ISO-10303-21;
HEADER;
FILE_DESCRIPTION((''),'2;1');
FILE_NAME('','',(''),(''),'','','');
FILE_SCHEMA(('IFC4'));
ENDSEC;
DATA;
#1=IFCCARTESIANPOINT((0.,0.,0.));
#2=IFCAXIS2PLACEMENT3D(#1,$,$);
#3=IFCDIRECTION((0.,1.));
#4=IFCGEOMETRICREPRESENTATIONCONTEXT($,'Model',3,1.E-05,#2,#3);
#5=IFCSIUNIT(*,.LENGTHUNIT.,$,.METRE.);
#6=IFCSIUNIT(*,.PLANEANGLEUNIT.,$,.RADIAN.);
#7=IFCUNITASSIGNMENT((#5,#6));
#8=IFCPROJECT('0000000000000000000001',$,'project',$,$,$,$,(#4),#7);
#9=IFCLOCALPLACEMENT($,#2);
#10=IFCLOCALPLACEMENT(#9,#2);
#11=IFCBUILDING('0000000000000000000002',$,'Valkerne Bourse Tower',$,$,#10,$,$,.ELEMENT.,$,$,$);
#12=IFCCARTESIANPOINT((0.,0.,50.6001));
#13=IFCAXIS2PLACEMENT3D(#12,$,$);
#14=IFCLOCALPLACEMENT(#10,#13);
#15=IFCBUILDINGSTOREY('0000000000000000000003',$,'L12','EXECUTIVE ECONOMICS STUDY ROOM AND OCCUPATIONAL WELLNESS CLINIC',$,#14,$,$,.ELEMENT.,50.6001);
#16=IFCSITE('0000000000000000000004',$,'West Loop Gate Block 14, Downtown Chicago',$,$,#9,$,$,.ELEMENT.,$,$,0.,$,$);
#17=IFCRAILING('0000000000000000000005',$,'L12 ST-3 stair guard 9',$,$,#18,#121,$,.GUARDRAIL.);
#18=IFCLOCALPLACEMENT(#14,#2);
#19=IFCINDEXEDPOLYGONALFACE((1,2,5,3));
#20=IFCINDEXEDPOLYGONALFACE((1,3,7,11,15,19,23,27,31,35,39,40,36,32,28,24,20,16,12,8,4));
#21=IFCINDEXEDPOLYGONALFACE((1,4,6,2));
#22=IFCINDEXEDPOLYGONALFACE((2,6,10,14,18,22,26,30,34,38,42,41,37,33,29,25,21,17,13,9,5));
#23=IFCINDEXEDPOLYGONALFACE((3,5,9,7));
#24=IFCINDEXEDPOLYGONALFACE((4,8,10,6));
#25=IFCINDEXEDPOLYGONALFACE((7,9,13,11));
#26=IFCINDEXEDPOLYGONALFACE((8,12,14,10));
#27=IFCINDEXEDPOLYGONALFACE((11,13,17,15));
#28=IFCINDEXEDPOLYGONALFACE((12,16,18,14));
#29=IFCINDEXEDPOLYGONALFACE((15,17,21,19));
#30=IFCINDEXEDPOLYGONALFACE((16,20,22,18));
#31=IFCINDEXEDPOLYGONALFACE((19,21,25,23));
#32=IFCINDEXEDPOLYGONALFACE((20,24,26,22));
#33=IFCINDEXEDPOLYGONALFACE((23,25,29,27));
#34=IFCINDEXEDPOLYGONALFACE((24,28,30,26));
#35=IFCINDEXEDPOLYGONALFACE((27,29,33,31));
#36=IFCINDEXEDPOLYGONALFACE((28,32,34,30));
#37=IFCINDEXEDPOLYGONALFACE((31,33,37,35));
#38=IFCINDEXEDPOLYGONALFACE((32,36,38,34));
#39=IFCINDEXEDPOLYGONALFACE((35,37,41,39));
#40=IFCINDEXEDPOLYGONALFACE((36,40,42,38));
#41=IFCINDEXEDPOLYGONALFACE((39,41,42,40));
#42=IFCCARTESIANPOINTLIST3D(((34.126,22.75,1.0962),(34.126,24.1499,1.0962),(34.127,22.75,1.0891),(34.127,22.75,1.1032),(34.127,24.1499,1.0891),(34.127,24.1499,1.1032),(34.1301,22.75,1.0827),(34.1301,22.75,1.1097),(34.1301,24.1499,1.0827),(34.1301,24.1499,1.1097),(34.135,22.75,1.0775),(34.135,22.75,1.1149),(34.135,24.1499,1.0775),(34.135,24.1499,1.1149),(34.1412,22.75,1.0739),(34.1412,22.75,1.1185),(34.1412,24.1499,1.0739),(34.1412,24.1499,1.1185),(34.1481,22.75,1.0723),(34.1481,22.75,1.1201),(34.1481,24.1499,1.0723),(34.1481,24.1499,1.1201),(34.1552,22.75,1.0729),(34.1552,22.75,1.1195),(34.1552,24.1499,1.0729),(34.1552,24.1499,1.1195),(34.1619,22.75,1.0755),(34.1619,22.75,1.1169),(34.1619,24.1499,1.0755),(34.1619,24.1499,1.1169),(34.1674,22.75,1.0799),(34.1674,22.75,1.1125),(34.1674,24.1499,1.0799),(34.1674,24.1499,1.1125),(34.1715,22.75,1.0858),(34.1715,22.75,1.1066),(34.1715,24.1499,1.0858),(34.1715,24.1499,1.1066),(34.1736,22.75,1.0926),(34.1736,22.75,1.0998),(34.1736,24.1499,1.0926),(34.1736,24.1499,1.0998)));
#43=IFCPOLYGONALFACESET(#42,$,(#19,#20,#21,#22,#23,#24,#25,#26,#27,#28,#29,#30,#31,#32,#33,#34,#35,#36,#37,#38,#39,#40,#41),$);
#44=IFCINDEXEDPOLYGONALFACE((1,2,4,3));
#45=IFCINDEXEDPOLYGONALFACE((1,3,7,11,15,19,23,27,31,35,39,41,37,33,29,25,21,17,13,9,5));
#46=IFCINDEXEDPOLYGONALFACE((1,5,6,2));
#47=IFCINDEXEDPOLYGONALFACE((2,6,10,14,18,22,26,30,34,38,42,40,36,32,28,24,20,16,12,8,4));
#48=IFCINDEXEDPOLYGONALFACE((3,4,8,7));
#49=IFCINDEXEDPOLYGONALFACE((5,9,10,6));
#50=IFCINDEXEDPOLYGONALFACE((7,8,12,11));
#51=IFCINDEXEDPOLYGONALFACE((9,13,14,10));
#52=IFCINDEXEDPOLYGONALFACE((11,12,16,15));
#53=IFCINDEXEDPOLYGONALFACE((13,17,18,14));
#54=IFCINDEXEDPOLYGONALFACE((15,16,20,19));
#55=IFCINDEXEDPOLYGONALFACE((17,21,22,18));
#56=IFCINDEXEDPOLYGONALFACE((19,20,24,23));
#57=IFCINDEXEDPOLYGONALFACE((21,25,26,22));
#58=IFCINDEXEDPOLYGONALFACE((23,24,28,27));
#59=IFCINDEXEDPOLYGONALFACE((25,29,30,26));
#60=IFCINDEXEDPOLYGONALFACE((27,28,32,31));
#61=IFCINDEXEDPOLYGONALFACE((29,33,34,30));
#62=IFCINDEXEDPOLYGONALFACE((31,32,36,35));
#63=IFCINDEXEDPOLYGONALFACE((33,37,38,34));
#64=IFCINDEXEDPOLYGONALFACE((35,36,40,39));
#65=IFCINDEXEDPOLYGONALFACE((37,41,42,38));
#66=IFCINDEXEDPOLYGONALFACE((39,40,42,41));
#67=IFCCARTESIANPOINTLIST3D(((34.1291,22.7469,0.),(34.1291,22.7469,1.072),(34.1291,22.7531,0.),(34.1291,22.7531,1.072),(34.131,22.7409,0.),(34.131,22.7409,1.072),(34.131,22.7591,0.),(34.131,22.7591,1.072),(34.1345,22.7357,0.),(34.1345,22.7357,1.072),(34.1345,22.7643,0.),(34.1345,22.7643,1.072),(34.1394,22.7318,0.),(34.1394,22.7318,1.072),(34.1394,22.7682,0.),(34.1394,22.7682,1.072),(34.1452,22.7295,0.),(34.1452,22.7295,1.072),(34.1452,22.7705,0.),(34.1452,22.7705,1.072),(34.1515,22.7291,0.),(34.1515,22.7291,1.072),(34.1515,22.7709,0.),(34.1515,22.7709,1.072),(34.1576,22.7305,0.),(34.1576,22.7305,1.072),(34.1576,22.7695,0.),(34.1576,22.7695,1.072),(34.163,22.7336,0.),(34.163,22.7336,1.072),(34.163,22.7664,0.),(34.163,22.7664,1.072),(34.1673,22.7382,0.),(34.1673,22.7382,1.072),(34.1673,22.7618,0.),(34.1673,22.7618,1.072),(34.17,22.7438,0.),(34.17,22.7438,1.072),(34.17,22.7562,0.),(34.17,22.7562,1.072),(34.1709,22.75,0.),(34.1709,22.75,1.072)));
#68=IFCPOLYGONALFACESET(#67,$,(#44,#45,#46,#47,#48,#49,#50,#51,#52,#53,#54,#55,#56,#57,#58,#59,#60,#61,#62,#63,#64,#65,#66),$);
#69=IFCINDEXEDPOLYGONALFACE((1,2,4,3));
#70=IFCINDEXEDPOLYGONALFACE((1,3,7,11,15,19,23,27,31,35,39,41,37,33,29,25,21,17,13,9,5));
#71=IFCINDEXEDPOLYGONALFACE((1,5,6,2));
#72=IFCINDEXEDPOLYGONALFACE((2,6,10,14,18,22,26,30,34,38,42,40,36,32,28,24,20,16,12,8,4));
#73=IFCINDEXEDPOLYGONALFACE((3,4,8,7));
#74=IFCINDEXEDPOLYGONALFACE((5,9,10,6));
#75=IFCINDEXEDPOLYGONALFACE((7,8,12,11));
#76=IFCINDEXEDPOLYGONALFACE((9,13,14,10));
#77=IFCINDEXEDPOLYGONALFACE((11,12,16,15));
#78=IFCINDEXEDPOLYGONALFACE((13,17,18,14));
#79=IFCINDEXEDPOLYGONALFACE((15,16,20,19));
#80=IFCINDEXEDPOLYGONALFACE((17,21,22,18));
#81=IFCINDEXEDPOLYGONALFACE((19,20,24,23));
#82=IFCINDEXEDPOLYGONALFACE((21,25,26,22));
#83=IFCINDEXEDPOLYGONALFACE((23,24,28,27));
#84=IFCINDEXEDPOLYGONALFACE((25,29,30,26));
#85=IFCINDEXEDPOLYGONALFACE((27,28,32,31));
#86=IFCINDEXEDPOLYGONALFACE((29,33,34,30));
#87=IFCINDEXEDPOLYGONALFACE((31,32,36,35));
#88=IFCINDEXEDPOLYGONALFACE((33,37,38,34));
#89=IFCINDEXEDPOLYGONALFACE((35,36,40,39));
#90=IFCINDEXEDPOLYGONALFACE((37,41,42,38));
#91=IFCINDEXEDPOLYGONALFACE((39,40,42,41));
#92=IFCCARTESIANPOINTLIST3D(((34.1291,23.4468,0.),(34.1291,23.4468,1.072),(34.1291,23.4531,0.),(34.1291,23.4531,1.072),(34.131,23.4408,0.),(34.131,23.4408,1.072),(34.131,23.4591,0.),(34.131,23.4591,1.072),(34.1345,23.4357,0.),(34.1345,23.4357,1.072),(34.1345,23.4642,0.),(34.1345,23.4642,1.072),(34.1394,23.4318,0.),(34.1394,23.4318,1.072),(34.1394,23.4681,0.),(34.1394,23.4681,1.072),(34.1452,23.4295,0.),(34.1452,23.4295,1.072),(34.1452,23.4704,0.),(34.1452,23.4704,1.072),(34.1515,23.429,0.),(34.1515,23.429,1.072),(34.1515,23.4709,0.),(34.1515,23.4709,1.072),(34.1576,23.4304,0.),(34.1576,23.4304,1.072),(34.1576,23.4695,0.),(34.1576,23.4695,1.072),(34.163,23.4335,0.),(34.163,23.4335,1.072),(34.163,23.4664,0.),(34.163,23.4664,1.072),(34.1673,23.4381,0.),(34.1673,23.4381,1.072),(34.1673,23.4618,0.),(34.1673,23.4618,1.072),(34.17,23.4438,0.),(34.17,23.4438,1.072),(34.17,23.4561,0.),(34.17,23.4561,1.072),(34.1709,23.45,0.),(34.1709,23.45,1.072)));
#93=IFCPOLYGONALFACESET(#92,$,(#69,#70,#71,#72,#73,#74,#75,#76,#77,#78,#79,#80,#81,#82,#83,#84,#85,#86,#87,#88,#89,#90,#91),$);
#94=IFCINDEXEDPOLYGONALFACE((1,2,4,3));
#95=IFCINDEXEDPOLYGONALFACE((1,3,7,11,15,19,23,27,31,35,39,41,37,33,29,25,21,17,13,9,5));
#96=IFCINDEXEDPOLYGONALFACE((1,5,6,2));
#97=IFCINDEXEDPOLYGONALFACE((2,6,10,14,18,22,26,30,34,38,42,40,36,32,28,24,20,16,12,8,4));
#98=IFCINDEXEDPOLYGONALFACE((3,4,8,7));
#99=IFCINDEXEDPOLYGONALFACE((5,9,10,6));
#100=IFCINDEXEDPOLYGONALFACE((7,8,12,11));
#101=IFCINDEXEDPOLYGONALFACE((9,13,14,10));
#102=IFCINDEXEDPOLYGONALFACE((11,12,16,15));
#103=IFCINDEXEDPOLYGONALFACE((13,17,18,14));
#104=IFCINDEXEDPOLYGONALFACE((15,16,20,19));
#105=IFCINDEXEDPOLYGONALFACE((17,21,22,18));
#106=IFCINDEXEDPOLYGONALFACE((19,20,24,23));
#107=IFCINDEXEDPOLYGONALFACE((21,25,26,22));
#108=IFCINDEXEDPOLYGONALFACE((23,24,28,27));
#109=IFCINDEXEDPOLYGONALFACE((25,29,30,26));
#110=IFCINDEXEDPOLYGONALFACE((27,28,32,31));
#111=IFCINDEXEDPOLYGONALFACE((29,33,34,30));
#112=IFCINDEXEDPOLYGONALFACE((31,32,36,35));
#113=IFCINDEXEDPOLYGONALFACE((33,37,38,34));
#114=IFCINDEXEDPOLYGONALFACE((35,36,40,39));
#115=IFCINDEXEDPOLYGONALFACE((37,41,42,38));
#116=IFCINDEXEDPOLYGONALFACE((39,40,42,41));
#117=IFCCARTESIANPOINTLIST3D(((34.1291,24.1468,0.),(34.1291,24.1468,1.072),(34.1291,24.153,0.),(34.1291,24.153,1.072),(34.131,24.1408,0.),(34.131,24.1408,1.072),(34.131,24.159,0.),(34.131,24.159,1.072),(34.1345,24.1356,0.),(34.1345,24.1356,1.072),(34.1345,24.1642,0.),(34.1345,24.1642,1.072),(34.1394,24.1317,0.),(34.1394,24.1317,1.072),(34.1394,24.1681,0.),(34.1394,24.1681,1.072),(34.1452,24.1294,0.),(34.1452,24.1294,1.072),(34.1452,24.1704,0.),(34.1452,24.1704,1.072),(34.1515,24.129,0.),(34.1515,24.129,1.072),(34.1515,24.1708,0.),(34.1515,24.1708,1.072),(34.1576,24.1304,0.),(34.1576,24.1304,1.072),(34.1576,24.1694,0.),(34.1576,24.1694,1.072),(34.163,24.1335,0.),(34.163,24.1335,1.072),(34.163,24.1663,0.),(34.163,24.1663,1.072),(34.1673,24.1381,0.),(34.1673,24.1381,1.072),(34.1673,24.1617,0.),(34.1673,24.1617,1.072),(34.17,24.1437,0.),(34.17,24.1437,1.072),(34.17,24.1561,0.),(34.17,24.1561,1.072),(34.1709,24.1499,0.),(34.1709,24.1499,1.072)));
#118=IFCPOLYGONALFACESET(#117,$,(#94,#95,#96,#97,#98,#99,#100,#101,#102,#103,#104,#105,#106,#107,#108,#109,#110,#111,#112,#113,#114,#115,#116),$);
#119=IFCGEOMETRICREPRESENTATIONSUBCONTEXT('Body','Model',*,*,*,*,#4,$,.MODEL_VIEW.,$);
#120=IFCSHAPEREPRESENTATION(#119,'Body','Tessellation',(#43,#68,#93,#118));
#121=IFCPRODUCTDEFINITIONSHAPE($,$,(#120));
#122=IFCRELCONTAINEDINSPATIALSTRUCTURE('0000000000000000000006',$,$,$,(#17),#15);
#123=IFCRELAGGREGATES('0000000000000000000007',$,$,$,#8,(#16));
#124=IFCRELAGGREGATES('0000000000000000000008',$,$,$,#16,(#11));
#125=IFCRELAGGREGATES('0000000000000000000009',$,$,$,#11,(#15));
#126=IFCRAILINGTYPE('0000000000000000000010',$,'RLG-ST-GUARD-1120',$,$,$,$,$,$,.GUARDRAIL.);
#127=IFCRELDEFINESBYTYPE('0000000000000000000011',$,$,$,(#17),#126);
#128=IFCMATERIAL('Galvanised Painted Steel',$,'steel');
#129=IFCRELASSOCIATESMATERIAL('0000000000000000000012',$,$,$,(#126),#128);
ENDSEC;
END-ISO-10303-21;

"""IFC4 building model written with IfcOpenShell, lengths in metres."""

from ifc_helpers import new_model, si_unit, direction, frame, origin, origin_2d, place, context, subcontext, project, spatial, circle, extrude, material, type_object, element, save


model = new_model("IFC4")

# Units and contexts
model_context = context("Model", 3, precision=1e-05, world=origin(), true_north=direction((0.0, 1.0)))
body_context = subcontext(model_context, "Body", "Model", "MODEL_VIEW")
ifc_project = project(units=[si_unit("LENGTHUNIT", "METRE"), si_unit("PLANEANGLEUNIT", "RADIAN")], contexts=[model_context])

# Site, building, storey
site_placement = place(None, origin())
site = spatial("IfcSite", under=ifc_project, at=site_placement, Name="West Loop Gate Block 14, Downtown Chicago", CompositionType="ELEMENT", RefElevation=0.0)
building_placement = place(site_placement, origin())
building = spatial("IfcBuilding", under=site, at=building_placement, Name="Valkerne Bourse Tower", CompositionType="ELEMENT")
storey_placement = place(building_placement, frame((0.0, 0.0, 50.6001)))
storey = spatial("IfcBuildingStorey", under=building, at=storey_placement, Name="L12", Description="EXECUTIVE ECONOMICS STUDY ROOM AND OCCUPATIONAL WELLNESS CLINIC", CompositionType="ELEMENT", Elevation=50.6001)

# Shared definitions
ifc_material_1 = material(Name="Galvanised Painted Steel", Category="steel")

# Railing
railing_type_1 = type_object("IfcRailingType", Name="RLG-ST-GUARD-1120", PredefinedType="GUARDRAIL", material=ifc_material_1)
for number, where, name in (
    (1, (34.1499, 22.75, 0.0), "L12 ST-3 stair guard 9"),
):
    element("IfcRailing", number, at=place(storey_placement, frame(where)), inside=storey, type_object=railing_type_1, Name=name, PredefinedType="GUARDRAIL", context=body_context, shape_type="SweptSolid", body=[
        extrude(circle(Radius=0.0239, at=origin_2d()), frame((0.0, 0.0, 1.0962), z_axis=(0.0, 1.0, 0.0), x_axis=(-1.0, 0.0, 0.0)), (0.0, 0.0, 1.0), 1.3999),
        extrude(circle(Radius=0.021, at=origin_2d()), origin(), (0.0, 0.0, 1.0), 1.072),
        extrude(circle(Radius=0.021, at=origin_2d()), frame((0.0, 0.7, 0.0)), (0.0, 0.0, 1.0), 1.072),
        extrude(circle(Radius=0.021, at=origin_2d()), frame((0.0, 1.3999, 0.0)), (0.0, 0.0, 1.0), 1.072),
    ])

save(model, "model.ifc")
